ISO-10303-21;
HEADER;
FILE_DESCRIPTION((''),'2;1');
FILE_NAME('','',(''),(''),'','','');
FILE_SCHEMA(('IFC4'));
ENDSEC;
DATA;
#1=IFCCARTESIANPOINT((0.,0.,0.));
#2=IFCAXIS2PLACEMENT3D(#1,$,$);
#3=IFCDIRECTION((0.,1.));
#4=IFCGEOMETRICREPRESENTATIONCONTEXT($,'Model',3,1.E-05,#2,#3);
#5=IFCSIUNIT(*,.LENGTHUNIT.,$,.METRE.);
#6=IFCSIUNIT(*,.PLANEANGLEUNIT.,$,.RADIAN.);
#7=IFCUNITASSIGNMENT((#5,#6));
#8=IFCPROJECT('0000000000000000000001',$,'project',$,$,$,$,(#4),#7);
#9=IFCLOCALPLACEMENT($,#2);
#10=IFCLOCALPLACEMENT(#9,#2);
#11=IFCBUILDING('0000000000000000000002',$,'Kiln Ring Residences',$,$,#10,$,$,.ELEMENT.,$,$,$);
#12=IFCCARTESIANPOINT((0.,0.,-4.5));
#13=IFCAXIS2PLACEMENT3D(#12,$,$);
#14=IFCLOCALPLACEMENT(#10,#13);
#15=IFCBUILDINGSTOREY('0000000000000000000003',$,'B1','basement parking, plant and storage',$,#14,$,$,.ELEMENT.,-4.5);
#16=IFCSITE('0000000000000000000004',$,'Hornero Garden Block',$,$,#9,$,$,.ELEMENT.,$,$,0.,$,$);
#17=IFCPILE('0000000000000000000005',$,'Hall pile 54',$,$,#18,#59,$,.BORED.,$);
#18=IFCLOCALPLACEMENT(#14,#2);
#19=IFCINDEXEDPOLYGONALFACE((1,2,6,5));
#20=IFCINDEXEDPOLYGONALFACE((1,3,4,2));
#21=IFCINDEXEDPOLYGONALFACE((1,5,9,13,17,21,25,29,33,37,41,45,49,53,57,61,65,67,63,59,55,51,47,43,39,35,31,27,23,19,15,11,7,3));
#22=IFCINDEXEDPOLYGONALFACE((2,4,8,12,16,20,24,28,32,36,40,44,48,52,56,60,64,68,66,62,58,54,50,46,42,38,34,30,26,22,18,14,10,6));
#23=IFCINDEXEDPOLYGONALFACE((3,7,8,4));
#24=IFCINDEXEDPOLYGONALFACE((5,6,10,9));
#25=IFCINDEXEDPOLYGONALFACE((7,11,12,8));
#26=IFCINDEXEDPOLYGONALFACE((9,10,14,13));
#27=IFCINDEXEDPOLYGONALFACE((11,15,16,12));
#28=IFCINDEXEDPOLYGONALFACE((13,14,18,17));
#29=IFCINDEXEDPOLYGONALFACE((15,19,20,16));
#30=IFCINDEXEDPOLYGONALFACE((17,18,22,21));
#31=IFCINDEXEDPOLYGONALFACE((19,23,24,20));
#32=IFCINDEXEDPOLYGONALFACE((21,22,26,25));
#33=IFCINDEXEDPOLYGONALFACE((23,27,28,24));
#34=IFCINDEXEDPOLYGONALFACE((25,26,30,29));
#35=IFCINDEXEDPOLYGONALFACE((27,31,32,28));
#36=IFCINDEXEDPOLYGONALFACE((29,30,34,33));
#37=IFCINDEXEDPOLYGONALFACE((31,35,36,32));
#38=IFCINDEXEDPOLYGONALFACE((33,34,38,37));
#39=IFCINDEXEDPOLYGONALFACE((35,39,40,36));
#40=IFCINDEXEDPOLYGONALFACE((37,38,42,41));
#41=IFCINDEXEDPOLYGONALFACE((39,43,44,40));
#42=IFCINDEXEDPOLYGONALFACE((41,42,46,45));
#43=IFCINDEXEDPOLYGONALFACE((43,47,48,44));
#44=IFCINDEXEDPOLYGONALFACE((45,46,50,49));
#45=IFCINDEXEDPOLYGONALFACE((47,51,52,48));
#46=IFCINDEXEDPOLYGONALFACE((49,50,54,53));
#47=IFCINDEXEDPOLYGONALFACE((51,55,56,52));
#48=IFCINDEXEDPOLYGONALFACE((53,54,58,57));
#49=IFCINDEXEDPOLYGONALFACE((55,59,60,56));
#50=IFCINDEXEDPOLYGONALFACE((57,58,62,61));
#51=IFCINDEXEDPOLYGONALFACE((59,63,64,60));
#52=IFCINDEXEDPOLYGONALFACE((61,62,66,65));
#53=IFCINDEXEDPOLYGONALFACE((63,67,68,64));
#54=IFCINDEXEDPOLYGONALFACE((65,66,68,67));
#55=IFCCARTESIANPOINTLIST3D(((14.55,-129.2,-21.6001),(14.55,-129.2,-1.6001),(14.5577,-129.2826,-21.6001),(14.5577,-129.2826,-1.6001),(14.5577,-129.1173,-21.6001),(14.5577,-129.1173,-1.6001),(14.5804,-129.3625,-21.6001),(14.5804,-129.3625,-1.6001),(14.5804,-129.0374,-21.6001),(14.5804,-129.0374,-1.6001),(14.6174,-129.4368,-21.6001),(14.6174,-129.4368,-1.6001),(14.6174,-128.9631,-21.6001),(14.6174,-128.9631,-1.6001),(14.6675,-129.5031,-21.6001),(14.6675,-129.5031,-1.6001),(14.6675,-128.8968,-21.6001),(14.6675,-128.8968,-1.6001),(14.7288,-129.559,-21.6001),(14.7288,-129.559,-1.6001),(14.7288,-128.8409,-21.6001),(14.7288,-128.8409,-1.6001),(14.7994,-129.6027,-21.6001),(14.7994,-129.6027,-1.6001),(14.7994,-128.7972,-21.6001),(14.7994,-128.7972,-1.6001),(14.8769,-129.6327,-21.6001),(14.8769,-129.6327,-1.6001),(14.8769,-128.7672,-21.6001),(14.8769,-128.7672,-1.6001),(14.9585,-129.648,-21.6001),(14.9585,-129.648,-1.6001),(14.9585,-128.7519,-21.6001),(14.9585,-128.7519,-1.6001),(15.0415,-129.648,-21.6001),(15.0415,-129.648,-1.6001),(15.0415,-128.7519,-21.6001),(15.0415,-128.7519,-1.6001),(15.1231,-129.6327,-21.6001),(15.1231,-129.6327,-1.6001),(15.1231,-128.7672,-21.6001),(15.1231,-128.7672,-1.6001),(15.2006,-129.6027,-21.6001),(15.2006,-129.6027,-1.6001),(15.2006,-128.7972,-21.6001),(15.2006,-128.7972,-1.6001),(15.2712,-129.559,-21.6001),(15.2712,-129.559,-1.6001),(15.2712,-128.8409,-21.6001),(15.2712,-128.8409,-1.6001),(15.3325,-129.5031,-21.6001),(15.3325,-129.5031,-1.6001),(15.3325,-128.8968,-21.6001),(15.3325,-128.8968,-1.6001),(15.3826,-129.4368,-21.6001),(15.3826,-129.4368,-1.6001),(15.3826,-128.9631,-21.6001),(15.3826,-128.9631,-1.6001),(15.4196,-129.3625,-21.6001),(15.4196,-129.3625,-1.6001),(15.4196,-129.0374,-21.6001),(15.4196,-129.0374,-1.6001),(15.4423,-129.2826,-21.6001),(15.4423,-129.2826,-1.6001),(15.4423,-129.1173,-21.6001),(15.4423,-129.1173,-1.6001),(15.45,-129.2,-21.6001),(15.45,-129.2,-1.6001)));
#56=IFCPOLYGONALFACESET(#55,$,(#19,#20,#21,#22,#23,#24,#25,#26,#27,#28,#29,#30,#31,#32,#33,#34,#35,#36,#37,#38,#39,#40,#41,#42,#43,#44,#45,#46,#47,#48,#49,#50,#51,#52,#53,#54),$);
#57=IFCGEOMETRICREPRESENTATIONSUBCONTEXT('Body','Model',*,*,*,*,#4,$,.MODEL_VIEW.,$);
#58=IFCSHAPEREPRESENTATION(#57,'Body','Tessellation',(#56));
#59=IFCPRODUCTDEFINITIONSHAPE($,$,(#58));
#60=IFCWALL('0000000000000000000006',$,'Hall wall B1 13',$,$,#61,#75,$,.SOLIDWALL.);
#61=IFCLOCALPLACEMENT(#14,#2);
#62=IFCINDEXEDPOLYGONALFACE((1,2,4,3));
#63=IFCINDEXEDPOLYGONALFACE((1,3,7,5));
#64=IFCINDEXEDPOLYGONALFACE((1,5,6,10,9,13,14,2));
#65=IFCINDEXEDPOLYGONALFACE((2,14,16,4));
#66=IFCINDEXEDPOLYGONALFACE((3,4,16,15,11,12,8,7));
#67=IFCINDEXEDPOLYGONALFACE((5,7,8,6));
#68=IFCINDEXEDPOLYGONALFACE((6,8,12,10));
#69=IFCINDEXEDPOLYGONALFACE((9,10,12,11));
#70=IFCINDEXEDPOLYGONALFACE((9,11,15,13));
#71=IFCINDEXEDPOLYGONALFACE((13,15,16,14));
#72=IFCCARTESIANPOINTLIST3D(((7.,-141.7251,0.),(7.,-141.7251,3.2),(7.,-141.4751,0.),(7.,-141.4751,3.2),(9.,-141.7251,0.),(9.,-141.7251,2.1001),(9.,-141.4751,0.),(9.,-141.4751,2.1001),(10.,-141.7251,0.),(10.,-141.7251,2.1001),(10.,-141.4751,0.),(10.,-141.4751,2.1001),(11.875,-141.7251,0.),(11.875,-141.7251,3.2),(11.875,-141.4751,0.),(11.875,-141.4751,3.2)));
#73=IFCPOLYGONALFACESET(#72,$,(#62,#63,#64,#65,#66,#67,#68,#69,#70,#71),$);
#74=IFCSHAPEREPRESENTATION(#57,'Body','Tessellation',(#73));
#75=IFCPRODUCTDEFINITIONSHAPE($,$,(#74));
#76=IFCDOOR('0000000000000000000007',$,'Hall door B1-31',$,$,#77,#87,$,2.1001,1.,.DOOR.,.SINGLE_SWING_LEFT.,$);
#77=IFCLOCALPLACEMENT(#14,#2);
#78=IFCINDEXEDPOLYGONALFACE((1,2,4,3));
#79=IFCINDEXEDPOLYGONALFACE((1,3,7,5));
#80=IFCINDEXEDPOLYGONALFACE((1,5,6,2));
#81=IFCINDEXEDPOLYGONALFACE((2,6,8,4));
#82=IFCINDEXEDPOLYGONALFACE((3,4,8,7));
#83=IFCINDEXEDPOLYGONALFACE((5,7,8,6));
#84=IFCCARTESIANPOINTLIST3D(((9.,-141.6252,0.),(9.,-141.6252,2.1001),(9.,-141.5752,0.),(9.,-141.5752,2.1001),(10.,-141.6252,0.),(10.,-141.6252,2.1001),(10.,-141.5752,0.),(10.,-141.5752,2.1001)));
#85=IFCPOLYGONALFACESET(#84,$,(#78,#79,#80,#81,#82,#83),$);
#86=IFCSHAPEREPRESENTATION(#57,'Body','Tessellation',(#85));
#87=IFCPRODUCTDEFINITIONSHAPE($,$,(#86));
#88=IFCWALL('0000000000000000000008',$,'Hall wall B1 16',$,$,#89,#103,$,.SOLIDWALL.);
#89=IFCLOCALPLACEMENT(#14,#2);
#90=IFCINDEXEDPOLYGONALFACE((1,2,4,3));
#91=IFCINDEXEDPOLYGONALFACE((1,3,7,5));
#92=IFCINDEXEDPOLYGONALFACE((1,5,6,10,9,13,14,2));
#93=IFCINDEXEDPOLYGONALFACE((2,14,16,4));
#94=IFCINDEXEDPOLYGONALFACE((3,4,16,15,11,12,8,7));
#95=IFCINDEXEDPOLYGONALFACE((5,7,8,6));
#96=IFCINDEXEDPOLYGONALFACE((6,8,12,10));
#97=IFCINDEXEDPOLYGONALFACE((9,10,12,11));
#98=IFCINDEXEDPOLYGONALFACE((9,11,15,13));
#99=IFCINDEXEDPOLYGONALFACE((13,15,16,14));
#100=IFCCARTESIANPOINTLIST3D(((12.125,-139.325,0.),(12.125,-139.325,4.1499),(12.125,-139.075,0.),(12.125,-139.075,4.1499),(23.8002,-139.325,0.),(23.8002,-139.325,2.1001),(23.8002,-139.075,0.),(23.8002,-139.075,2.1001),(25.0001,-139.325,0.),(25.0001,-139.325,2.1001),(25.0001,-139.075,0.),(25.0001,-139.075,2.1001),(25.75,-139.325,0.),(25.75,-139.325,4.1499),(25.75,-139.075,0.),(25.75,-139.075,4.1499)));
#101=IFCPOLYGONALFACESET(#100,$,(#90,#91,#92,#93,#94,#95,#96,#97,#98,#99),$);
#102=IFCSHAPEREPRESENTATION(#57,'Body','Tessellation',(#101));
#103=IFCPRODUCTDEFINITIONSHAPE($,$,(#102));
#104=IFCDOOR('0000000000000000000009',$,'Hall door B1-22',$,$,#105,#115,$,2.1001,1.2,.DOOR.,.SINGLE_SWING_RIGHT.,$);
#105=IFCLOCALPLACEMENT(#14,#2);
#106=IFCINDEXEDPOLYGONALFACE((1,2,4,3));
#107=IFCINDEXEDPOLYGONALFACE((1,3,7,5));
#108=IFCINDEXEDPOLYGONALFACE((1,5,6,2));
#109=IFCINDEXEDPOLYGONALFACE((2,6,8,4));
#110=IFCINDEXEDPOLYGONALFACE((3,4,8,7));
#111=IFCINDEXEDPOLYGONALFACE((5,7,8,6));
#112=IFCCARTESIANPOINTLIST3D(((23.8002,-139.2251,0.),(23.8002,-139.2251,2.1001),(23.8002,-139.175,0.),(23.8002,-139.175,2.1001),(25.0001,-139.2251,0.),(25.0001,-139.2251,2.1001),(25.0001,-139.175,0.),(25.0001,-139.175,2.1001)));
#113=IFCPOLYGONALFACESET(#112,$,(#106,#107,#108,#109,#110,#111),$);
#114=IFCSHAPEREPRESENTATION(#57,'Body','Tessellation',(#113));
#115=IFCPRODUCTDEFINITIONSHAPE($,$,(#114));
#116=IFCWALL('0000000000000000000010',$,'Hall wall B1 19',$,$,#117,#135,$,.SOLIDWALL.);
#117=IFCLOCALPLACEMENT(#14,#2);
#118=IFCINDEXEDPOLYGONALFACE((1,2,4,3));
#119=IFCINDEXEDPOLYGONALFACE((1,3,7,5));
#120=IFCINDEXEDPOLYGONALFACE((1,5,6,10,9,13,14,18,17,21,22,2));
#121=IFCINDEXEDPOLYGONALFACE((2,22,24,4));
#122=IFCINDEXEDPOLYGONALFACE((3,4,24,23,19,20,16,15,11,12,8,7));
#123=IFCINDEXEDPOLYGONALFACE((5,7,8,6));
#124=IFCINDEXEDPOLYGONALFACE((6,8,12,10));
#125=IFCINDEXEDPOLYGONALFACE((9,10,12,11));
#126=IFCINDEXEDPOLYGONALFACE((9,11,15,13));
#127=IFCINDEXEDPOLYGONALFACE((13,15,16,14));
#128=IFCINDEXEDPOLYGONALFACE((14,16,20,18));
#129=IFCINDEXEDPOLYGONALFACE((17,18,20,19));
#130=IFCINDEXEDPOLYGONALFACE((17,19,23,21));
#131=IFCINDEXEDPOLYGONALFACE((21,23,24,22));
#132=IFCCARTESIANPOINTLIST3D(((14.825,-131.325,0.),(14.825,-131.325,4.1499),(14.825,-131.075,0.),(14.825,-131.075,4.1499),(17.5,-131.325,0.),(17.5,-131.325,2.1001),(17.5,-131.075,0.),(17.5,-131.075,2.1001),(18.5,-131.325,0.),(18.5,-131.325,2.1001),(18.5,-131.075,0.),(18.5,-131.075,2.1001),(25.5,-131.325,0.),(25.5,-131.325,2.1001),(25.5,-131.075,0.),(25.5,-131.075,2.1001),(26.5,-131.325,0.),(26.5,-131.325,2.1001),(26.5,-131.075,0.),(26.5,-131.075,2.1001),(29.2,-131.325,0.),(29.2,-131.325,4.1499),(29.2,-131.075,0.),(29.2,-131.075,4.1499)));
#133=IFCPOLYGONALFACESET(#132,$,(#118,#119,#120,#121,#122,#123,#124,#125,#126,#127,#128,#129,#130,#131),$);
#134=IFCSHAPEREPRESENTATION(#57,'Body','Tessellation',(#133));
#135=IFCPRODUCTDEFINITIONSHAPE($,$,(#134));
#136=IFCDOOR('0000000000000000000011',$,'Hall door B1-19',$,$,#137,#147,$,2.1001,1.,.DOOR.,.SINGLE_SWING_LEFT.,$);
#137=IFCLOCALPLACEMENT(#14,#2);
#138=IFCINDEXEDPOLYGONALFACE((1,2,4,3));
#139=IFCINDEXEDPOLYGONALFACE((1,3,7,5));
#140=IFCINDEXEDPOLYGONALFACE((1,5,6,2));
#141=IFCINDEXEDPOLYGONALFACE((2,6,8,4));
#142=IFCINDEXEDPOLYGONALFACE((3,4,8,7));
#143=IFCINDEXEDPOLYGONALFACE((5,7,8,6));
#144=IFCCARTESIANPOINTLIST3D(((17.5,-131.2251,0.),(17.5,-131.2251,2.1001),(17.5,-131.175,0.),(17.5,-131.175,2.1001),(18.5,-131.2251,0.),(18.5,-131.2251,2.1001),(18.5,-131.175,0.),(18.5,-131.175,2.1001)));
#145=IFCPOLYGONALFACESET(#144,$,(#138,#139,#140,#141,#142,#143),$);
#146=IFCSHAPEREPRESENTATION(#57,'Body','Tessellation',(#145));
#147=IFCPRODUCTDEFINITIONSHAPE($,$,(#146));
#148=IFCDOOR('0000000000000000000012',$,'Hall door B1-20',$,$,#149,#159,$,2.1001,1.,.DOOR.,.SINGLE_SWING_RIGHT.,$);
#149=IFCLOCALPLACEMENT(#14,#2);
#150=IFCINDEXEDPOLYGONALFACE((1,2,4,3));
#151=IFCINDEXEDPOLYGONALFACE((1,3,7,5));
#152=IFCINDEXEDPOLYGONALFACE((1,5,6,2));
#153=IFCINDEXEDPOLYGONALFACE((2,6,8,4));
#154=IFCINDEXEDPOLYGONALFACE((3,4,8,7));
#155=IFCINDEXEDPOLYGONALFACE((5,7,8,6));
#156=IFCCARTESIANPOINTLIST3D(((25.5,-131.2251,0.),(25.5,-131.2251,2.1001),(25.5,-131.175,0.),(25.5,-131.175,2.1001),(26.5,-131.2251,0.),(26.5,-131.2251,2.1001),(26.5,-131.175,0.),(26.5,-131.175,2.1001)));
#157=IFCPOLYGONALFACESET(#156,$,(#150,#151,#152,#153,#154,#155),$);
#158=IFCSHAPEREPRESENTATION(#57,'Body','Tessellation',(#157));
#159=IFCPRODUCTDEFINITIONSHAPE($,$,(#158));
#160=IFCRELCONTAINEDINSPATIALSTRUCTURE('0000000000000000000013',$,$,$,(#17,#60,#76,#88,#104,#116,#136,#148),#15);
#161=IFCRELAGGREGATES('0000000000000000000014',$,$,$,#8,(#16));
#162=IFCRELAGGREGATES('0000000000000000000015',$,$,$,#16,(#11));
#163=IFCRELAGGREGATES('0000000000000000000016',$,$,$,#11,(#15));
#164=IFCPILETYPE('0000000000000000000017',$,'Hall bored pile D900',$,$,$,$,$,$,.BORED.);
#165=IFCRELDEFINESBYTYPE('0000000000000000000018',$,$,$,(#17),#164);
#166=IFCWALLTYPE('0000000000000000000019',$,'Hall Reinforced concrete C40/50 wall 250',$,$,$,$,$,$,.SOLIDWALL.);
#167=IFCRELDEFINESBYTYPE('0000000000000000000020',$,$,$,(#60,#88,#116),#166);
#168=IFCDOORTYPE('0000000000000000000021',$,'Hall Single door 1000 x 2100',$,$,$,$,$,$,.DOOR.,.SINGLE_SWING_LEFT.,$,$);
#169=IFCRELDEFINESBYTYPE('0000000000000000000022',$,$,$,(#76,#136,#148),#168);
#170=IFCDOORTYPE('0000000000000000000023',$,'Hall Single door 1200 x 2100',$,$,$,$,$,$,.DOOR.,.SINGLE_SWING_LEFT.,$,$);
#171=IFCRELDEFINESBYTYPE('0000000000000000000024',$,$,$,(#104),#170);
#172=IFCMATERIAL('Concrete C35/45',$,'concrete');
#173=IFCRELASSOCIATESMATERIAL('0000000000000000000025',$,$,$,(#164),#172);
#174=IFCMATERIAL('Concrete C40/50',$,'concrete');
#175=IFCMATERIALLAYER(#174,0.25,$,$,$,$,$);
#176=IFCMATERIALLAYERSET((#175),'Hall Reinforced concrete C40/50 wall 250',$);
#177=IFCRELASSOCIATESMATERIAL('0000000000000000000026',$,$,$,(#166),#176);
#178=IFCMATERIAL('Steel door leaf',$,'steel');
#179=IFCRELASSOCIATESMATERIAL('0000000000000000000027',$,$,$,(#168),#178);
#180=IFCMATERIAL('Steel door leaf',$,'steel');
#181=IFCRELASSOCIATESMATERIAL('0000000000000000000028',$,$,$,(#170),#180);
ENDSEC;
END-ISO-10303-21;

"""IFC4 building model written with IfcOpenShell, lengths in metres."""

from ifc_helpers import new_model, si_unit, direction, frame, frame_2d, origin, origin_2d, place, context, subcontext, project, spatial, rectangle, circle, extrude, material, layer, layer_set, material_profile, profile_set, type_object, element, fill, save


model = new_model("IFC4")

# Units and contexts
model_context = context("Model", 3, precision=1e-05, world=origin(), true_north=direction((0.0, 1.0)))
body_context = subcontext(model_context, "Body", "Model", "MODEL_VIEW")
ifc_project = project(units=[si_unit("LENGTHUNIT", "METRE"), si_unit("PLANEANGLEUNIT", "RADIAN")], contexts=[model_context])

# Site, building, storey
site_placement = place(None, origin())
site = spatial("IfcSite", under=ifc_project, at=site_placement, Name="Hornero Garden Block", CompositionType="ELEMENT", RefElevation=0.0)
building_placement = place(site_placement, origin())
building = spatial("IfcBuilding", under=site, at=building_placement, Name="Kiln Ring Residences", CompositionType="ELEMENT")
storey_placement = place(building_placement, frame((0.0, 0.0, -4.5)))
storey = spatial("IfcBuildingStorey", under=building, at=storey_placement, Name="B1", Description="basement parking, plant and storage", CompositionType="ELEMENT", Elevation=-4.5)

# Pile
ifc_material_1 = material(Name="Concrete C35/45", Category="concrete")
ifc_material_profile = material_profile(ifc_material_1, circle(Radius=0.45, at=origin_2d()), Name="Hall bored pile D900")
ifc_profile_set = profile_set([ifc_material_profile], Name="Concrete C35/45")
pile_type = type_object("IfcPileType", Name="Hall bored pile D900", PredefinedType="BORED", material=ifc_profile_set)
for number, where, z_axis, x_axis, name in (
    (1, (15.0, -129.2, -1.6001), (0.0, 0.0, -1.0), (1.0, 0.0, 0.0), "Hall pile 54"),
):
    element("IfcPile", number, at=place(storey_placement, frame(where, z_axis=z_axis, x_axis=x_axis)), inside=storey, type_object=pile_type, Name=name, PredefinedType="BORED", context=body_context, shape_type="SweptSolid", body=[
        extrude(circle(Radius=0.45, at=origin_2d()), origin(), (0.0, 0.0, 1.0), 20.0),
    ])

# Walls, openings, doors
ifc_material_2 = material(Name="Concrete C40/50", Category="concrete")
ifc_layer_1 = layer(ifc_material_2, 0.25)
ifc_layer_set_1 = layer_set([ifc_layer_1], Name="Hall Reinforced concrete C40/50 wall 250")
wall_type_1 = type_object("IfcWallType", Name="Hall Reinforced concrete C40/50 wall 250", PredefinedType="SOLIDWALL", material=ifc_layer_set_1)
wall_1_placement = place(storey_placement, frame((7.0, -141.6001, 0.0), z_axis=(0.0, 0.0, 1.0), x_axis=(1.0, 0.0, 0.0)))
wall_1 = element("IfcWall", 2, at=wall_1_placement, inside=storey, type_object=wall_type_1, Name="Hall wall B1 13", PredefinedType="SOLIDWALL", context=body_context, shape_type="SweptSolid", body=[
    extrude(rectangle(XDim=4.875, YDim=0.25, at=frame_2d((2.4375, 0.0))), origin(), (0.0, 0.0, 1.0), 3.2),
])
opening_1_placement = place(wall_1_placement, frame((2.0, 0.0, 0.0)))
opening_1 = element("IfcOpeningElement", 3, at=opening_1_placement, cuts=wall_1, PredefinedType="OPENING", context=body_context, shape_type="SweptSolid", body=[
    extrude(rectangle(XDim=1.0, YDim=2.1001, at=frame_2d((0.5, 1.05))), frame((0.0, 0.135, 0.0), z_axis=(0.0, -1.0, 0.0), x_axis=(1.0, 0.0, 0.0)), (0.0, 0.0, 1.0), 0.27),
])
ifc_material_3 = material(Name="Steel door leaf", Category="steel")
door_type_1 = type_object("IfcDoorType", Name="Hall Single door 1000 x 2100", OperationType="SINGLE_SWING_LEFT", PredefinedType="DOOR", material=ifc_material_3)
door_1_placement = place(opening_1_placement, origin())
door_1 = element("IfcDoor", 4, at=door_1_placement, inside=storey, type_object=door_type_1, Name="Hall door B1-31", OperationType="SINGLE_SWING_LEFT", OverallHeight=2.1001, OverallWidth=1.0, PredefinedType="DOOR", context=body_context, shape_type="SweptSolid", body=[
    extrude(rectangle(XDim=1.0, YDim=2.1001, at=frame_2d((0.5, 1.05))), frame((0.0, 0.0249, 0.0), z_axis=(0.0, -1.0, 0.0), x_axis=(1.0, 0.0, 0.0)), (0.0, 0.0, 1.0), 0.05),
])
fill(opening_1, door_1)
wall_2_placement = place(storey_placement, frame((12.125, -139.2, 0.0), z_axis=(0.0, 0.0, 1.0), x_axis=(1.0, 0.0, 0.0)))
wall_2 = element("IfcWall", 5, at=wall_2_placement, inside=storey, type_object=wall_type_1, Name="Hall wall B1 16", PredefinedType="SOLIDWALL", context=body_context, shape_type="SweptSolid", body=[
    extrude(rectangle(XDim=13.625, YDim=0.25, at=frame_2d((6.8125, 0.0))), origin(), (0.0, 0.0, 1.0), 4.1499),
])
opening_2_placement = place(wall_2_placement, frame((11.675, 0.0, 0.0)))
opening_2 = element("IfcOpeningElement", 6, at=opening_2_placement, cuts=wall_2, PredefinedType="OPENING", context=body_context, shape_type="SweptSolid", body=[
    extrude(rectangle(XDim=1.2, YDim=2.1001, at=frame_2d((0.6001, 1.05))), frame((0.0, 0.135, 0.0), z_axis=(0.0, -1.0, 0.0), x_axis=(1.0, 0.0, 0.0)), (0.0, 0.0, 1.0), 0.27),
])
ifc_material_4 = material(Name="Steel door leaf", Category="steel")
door_type_2 = type_object("IfcDoorType", Name="Hall Single door 1200 x 2100", OperationType="SINGLE_SWING_LEFT", PredefinedType="DOOR", material=ifc_material_4)
door_2_placement = place(opening_2_placement, origin())
door_2 = element("IfcDoor", 7, at=door_2_placement, inside=storey, type_object=door_type_2, Name="Hall door B1-22", OperationType="SINGLE_SWING_RIGHT", OverallHeight=2.1001, OverallWidth=1.2, PredefinedType="DOOR", context=body_context, shape_type="SweptSolid", body=[
    extrude(rectangle(XDim=1.2, YDim=2.1001, at=frame_2d((0.6001, 1.05))), frame((0.0, 0.0249, 0.0), z_axis=(0.0, -1.0, 0.0), x_axis=(1.0, 0.0, 0.0)), (0.0, 0.0, 1.0), 0.05),
])
fill(opening_2, door_2)

# Wall, openings, doors
wall_3_placement = place(storey_placement, frame((14.825, -131.2, 0.0), z_axis=(0.0, 0.0, 1.0), x_axis=(1.0, 0.0, 0.0)))
wall_3 = element("IfcWall", 8, at=wall_3_placement, inside=storey, type_object=wall_type_1, Name="Hall wall B1 19", PredefinedType="SOLIDWALL", context=body_context, shape_type="SweptSolid", body=[
    extrude(rectangle(XDim=14.375, YDim=0.25, at=frame_2d((7.1875, 0.0))), origin(), (0.0, 0.0, 1.0), 4.1499),
])
opening_3_placement = place(wall_3_placement, frame((2.675, 0.0, 0.0)))
opening_3 = element("IfcOpeningElement", 9, at=opening_3_placement, cuts=wall_3, PredefinedType="OPENING", context=body_context, shape_type="SweptSolid", body=[
    extrude(rectangle(XDim=1.0, YDim=2.1001, at=frame_2d((0.5, 1.05))), frame((0.0, 0.135, 0.0), z_axis=(0.0, -1.0, 0.0), x_axis=(1.0, 0.0, 0.0)), (0.0, 0.0, 1.0), 0.27),
])
opening_4_placement = place(wall_3_placement, frame((10.675, 0.0, 0.0)))
opening_4 = element("IfcOpeningElement", 10, at=opening_4_placement, cuts=wall_3, PredefinedType="OPENING", context=body_context, shape_type="SweptSolid", body=[
    extrude(rectangle(XDim=1.0, YDim=2.1001, at=frame_2d((0.5, 1.05))), frame((0.0, 0.135, 0.0), z_axis=(0.0, -1.0, 0.0), x_axis=(1.0, 0.0, 0.0)), (0.0, 0.0, 1.0), 0.27),
])
door_3_placement = place(opening_3_placement, origin())
door_3 = element("IfcDoor", 11, at=door_3_placement, inside=storey, type_object=door_type_1, Name="Hall door B1-19", OperationType="SINGLE_SWING_LEFT", OverallHeight=2.1001, OverallWidth=1.0, PredefinedType="DOOR", context=body_context, shape_type="SweptSolid", body=[
    extrude(rectangle(XDim=1.0, YDim=2.1001, at=frame_2d((0.5, 1.05))), frame((0.0, 0.0249, 0.0), z_axis=(0.0, -1.0, 0.0), x_axis=(1.0, 0.0, 0.0)), (0.0, 0.0, 1.0), 0.05),
])
fill(opening_3, door_3)
door_4_placement = place(opening_4_placement, origin())
door_4 = element("IfcDoor", 12, at=door_4_placement, inside=storey, type_object=door_type_1, Name="Hall door B1-20", OperationType="SINGLE_SWING_RIGHT", OverallHeight=2.1001, OverallWidth=1.0, PredefinedType="DOOR", context=body_context, shape_type="SweptSolid", body=[
    extrude(rectangle(XDim=1.0, YDim=2.1001, at=frame_2d((0.5, 1.05))), frame((0.0, 0.0249, 0.0), z_axis=(0.0, -1.0, 0.0), x_axis=(1.0, 0.0, 0.0)), (0.0, 0.0, 1.0), 0.05),
])
fill(opening_4, door_4)

save(model, "model.ifc")
